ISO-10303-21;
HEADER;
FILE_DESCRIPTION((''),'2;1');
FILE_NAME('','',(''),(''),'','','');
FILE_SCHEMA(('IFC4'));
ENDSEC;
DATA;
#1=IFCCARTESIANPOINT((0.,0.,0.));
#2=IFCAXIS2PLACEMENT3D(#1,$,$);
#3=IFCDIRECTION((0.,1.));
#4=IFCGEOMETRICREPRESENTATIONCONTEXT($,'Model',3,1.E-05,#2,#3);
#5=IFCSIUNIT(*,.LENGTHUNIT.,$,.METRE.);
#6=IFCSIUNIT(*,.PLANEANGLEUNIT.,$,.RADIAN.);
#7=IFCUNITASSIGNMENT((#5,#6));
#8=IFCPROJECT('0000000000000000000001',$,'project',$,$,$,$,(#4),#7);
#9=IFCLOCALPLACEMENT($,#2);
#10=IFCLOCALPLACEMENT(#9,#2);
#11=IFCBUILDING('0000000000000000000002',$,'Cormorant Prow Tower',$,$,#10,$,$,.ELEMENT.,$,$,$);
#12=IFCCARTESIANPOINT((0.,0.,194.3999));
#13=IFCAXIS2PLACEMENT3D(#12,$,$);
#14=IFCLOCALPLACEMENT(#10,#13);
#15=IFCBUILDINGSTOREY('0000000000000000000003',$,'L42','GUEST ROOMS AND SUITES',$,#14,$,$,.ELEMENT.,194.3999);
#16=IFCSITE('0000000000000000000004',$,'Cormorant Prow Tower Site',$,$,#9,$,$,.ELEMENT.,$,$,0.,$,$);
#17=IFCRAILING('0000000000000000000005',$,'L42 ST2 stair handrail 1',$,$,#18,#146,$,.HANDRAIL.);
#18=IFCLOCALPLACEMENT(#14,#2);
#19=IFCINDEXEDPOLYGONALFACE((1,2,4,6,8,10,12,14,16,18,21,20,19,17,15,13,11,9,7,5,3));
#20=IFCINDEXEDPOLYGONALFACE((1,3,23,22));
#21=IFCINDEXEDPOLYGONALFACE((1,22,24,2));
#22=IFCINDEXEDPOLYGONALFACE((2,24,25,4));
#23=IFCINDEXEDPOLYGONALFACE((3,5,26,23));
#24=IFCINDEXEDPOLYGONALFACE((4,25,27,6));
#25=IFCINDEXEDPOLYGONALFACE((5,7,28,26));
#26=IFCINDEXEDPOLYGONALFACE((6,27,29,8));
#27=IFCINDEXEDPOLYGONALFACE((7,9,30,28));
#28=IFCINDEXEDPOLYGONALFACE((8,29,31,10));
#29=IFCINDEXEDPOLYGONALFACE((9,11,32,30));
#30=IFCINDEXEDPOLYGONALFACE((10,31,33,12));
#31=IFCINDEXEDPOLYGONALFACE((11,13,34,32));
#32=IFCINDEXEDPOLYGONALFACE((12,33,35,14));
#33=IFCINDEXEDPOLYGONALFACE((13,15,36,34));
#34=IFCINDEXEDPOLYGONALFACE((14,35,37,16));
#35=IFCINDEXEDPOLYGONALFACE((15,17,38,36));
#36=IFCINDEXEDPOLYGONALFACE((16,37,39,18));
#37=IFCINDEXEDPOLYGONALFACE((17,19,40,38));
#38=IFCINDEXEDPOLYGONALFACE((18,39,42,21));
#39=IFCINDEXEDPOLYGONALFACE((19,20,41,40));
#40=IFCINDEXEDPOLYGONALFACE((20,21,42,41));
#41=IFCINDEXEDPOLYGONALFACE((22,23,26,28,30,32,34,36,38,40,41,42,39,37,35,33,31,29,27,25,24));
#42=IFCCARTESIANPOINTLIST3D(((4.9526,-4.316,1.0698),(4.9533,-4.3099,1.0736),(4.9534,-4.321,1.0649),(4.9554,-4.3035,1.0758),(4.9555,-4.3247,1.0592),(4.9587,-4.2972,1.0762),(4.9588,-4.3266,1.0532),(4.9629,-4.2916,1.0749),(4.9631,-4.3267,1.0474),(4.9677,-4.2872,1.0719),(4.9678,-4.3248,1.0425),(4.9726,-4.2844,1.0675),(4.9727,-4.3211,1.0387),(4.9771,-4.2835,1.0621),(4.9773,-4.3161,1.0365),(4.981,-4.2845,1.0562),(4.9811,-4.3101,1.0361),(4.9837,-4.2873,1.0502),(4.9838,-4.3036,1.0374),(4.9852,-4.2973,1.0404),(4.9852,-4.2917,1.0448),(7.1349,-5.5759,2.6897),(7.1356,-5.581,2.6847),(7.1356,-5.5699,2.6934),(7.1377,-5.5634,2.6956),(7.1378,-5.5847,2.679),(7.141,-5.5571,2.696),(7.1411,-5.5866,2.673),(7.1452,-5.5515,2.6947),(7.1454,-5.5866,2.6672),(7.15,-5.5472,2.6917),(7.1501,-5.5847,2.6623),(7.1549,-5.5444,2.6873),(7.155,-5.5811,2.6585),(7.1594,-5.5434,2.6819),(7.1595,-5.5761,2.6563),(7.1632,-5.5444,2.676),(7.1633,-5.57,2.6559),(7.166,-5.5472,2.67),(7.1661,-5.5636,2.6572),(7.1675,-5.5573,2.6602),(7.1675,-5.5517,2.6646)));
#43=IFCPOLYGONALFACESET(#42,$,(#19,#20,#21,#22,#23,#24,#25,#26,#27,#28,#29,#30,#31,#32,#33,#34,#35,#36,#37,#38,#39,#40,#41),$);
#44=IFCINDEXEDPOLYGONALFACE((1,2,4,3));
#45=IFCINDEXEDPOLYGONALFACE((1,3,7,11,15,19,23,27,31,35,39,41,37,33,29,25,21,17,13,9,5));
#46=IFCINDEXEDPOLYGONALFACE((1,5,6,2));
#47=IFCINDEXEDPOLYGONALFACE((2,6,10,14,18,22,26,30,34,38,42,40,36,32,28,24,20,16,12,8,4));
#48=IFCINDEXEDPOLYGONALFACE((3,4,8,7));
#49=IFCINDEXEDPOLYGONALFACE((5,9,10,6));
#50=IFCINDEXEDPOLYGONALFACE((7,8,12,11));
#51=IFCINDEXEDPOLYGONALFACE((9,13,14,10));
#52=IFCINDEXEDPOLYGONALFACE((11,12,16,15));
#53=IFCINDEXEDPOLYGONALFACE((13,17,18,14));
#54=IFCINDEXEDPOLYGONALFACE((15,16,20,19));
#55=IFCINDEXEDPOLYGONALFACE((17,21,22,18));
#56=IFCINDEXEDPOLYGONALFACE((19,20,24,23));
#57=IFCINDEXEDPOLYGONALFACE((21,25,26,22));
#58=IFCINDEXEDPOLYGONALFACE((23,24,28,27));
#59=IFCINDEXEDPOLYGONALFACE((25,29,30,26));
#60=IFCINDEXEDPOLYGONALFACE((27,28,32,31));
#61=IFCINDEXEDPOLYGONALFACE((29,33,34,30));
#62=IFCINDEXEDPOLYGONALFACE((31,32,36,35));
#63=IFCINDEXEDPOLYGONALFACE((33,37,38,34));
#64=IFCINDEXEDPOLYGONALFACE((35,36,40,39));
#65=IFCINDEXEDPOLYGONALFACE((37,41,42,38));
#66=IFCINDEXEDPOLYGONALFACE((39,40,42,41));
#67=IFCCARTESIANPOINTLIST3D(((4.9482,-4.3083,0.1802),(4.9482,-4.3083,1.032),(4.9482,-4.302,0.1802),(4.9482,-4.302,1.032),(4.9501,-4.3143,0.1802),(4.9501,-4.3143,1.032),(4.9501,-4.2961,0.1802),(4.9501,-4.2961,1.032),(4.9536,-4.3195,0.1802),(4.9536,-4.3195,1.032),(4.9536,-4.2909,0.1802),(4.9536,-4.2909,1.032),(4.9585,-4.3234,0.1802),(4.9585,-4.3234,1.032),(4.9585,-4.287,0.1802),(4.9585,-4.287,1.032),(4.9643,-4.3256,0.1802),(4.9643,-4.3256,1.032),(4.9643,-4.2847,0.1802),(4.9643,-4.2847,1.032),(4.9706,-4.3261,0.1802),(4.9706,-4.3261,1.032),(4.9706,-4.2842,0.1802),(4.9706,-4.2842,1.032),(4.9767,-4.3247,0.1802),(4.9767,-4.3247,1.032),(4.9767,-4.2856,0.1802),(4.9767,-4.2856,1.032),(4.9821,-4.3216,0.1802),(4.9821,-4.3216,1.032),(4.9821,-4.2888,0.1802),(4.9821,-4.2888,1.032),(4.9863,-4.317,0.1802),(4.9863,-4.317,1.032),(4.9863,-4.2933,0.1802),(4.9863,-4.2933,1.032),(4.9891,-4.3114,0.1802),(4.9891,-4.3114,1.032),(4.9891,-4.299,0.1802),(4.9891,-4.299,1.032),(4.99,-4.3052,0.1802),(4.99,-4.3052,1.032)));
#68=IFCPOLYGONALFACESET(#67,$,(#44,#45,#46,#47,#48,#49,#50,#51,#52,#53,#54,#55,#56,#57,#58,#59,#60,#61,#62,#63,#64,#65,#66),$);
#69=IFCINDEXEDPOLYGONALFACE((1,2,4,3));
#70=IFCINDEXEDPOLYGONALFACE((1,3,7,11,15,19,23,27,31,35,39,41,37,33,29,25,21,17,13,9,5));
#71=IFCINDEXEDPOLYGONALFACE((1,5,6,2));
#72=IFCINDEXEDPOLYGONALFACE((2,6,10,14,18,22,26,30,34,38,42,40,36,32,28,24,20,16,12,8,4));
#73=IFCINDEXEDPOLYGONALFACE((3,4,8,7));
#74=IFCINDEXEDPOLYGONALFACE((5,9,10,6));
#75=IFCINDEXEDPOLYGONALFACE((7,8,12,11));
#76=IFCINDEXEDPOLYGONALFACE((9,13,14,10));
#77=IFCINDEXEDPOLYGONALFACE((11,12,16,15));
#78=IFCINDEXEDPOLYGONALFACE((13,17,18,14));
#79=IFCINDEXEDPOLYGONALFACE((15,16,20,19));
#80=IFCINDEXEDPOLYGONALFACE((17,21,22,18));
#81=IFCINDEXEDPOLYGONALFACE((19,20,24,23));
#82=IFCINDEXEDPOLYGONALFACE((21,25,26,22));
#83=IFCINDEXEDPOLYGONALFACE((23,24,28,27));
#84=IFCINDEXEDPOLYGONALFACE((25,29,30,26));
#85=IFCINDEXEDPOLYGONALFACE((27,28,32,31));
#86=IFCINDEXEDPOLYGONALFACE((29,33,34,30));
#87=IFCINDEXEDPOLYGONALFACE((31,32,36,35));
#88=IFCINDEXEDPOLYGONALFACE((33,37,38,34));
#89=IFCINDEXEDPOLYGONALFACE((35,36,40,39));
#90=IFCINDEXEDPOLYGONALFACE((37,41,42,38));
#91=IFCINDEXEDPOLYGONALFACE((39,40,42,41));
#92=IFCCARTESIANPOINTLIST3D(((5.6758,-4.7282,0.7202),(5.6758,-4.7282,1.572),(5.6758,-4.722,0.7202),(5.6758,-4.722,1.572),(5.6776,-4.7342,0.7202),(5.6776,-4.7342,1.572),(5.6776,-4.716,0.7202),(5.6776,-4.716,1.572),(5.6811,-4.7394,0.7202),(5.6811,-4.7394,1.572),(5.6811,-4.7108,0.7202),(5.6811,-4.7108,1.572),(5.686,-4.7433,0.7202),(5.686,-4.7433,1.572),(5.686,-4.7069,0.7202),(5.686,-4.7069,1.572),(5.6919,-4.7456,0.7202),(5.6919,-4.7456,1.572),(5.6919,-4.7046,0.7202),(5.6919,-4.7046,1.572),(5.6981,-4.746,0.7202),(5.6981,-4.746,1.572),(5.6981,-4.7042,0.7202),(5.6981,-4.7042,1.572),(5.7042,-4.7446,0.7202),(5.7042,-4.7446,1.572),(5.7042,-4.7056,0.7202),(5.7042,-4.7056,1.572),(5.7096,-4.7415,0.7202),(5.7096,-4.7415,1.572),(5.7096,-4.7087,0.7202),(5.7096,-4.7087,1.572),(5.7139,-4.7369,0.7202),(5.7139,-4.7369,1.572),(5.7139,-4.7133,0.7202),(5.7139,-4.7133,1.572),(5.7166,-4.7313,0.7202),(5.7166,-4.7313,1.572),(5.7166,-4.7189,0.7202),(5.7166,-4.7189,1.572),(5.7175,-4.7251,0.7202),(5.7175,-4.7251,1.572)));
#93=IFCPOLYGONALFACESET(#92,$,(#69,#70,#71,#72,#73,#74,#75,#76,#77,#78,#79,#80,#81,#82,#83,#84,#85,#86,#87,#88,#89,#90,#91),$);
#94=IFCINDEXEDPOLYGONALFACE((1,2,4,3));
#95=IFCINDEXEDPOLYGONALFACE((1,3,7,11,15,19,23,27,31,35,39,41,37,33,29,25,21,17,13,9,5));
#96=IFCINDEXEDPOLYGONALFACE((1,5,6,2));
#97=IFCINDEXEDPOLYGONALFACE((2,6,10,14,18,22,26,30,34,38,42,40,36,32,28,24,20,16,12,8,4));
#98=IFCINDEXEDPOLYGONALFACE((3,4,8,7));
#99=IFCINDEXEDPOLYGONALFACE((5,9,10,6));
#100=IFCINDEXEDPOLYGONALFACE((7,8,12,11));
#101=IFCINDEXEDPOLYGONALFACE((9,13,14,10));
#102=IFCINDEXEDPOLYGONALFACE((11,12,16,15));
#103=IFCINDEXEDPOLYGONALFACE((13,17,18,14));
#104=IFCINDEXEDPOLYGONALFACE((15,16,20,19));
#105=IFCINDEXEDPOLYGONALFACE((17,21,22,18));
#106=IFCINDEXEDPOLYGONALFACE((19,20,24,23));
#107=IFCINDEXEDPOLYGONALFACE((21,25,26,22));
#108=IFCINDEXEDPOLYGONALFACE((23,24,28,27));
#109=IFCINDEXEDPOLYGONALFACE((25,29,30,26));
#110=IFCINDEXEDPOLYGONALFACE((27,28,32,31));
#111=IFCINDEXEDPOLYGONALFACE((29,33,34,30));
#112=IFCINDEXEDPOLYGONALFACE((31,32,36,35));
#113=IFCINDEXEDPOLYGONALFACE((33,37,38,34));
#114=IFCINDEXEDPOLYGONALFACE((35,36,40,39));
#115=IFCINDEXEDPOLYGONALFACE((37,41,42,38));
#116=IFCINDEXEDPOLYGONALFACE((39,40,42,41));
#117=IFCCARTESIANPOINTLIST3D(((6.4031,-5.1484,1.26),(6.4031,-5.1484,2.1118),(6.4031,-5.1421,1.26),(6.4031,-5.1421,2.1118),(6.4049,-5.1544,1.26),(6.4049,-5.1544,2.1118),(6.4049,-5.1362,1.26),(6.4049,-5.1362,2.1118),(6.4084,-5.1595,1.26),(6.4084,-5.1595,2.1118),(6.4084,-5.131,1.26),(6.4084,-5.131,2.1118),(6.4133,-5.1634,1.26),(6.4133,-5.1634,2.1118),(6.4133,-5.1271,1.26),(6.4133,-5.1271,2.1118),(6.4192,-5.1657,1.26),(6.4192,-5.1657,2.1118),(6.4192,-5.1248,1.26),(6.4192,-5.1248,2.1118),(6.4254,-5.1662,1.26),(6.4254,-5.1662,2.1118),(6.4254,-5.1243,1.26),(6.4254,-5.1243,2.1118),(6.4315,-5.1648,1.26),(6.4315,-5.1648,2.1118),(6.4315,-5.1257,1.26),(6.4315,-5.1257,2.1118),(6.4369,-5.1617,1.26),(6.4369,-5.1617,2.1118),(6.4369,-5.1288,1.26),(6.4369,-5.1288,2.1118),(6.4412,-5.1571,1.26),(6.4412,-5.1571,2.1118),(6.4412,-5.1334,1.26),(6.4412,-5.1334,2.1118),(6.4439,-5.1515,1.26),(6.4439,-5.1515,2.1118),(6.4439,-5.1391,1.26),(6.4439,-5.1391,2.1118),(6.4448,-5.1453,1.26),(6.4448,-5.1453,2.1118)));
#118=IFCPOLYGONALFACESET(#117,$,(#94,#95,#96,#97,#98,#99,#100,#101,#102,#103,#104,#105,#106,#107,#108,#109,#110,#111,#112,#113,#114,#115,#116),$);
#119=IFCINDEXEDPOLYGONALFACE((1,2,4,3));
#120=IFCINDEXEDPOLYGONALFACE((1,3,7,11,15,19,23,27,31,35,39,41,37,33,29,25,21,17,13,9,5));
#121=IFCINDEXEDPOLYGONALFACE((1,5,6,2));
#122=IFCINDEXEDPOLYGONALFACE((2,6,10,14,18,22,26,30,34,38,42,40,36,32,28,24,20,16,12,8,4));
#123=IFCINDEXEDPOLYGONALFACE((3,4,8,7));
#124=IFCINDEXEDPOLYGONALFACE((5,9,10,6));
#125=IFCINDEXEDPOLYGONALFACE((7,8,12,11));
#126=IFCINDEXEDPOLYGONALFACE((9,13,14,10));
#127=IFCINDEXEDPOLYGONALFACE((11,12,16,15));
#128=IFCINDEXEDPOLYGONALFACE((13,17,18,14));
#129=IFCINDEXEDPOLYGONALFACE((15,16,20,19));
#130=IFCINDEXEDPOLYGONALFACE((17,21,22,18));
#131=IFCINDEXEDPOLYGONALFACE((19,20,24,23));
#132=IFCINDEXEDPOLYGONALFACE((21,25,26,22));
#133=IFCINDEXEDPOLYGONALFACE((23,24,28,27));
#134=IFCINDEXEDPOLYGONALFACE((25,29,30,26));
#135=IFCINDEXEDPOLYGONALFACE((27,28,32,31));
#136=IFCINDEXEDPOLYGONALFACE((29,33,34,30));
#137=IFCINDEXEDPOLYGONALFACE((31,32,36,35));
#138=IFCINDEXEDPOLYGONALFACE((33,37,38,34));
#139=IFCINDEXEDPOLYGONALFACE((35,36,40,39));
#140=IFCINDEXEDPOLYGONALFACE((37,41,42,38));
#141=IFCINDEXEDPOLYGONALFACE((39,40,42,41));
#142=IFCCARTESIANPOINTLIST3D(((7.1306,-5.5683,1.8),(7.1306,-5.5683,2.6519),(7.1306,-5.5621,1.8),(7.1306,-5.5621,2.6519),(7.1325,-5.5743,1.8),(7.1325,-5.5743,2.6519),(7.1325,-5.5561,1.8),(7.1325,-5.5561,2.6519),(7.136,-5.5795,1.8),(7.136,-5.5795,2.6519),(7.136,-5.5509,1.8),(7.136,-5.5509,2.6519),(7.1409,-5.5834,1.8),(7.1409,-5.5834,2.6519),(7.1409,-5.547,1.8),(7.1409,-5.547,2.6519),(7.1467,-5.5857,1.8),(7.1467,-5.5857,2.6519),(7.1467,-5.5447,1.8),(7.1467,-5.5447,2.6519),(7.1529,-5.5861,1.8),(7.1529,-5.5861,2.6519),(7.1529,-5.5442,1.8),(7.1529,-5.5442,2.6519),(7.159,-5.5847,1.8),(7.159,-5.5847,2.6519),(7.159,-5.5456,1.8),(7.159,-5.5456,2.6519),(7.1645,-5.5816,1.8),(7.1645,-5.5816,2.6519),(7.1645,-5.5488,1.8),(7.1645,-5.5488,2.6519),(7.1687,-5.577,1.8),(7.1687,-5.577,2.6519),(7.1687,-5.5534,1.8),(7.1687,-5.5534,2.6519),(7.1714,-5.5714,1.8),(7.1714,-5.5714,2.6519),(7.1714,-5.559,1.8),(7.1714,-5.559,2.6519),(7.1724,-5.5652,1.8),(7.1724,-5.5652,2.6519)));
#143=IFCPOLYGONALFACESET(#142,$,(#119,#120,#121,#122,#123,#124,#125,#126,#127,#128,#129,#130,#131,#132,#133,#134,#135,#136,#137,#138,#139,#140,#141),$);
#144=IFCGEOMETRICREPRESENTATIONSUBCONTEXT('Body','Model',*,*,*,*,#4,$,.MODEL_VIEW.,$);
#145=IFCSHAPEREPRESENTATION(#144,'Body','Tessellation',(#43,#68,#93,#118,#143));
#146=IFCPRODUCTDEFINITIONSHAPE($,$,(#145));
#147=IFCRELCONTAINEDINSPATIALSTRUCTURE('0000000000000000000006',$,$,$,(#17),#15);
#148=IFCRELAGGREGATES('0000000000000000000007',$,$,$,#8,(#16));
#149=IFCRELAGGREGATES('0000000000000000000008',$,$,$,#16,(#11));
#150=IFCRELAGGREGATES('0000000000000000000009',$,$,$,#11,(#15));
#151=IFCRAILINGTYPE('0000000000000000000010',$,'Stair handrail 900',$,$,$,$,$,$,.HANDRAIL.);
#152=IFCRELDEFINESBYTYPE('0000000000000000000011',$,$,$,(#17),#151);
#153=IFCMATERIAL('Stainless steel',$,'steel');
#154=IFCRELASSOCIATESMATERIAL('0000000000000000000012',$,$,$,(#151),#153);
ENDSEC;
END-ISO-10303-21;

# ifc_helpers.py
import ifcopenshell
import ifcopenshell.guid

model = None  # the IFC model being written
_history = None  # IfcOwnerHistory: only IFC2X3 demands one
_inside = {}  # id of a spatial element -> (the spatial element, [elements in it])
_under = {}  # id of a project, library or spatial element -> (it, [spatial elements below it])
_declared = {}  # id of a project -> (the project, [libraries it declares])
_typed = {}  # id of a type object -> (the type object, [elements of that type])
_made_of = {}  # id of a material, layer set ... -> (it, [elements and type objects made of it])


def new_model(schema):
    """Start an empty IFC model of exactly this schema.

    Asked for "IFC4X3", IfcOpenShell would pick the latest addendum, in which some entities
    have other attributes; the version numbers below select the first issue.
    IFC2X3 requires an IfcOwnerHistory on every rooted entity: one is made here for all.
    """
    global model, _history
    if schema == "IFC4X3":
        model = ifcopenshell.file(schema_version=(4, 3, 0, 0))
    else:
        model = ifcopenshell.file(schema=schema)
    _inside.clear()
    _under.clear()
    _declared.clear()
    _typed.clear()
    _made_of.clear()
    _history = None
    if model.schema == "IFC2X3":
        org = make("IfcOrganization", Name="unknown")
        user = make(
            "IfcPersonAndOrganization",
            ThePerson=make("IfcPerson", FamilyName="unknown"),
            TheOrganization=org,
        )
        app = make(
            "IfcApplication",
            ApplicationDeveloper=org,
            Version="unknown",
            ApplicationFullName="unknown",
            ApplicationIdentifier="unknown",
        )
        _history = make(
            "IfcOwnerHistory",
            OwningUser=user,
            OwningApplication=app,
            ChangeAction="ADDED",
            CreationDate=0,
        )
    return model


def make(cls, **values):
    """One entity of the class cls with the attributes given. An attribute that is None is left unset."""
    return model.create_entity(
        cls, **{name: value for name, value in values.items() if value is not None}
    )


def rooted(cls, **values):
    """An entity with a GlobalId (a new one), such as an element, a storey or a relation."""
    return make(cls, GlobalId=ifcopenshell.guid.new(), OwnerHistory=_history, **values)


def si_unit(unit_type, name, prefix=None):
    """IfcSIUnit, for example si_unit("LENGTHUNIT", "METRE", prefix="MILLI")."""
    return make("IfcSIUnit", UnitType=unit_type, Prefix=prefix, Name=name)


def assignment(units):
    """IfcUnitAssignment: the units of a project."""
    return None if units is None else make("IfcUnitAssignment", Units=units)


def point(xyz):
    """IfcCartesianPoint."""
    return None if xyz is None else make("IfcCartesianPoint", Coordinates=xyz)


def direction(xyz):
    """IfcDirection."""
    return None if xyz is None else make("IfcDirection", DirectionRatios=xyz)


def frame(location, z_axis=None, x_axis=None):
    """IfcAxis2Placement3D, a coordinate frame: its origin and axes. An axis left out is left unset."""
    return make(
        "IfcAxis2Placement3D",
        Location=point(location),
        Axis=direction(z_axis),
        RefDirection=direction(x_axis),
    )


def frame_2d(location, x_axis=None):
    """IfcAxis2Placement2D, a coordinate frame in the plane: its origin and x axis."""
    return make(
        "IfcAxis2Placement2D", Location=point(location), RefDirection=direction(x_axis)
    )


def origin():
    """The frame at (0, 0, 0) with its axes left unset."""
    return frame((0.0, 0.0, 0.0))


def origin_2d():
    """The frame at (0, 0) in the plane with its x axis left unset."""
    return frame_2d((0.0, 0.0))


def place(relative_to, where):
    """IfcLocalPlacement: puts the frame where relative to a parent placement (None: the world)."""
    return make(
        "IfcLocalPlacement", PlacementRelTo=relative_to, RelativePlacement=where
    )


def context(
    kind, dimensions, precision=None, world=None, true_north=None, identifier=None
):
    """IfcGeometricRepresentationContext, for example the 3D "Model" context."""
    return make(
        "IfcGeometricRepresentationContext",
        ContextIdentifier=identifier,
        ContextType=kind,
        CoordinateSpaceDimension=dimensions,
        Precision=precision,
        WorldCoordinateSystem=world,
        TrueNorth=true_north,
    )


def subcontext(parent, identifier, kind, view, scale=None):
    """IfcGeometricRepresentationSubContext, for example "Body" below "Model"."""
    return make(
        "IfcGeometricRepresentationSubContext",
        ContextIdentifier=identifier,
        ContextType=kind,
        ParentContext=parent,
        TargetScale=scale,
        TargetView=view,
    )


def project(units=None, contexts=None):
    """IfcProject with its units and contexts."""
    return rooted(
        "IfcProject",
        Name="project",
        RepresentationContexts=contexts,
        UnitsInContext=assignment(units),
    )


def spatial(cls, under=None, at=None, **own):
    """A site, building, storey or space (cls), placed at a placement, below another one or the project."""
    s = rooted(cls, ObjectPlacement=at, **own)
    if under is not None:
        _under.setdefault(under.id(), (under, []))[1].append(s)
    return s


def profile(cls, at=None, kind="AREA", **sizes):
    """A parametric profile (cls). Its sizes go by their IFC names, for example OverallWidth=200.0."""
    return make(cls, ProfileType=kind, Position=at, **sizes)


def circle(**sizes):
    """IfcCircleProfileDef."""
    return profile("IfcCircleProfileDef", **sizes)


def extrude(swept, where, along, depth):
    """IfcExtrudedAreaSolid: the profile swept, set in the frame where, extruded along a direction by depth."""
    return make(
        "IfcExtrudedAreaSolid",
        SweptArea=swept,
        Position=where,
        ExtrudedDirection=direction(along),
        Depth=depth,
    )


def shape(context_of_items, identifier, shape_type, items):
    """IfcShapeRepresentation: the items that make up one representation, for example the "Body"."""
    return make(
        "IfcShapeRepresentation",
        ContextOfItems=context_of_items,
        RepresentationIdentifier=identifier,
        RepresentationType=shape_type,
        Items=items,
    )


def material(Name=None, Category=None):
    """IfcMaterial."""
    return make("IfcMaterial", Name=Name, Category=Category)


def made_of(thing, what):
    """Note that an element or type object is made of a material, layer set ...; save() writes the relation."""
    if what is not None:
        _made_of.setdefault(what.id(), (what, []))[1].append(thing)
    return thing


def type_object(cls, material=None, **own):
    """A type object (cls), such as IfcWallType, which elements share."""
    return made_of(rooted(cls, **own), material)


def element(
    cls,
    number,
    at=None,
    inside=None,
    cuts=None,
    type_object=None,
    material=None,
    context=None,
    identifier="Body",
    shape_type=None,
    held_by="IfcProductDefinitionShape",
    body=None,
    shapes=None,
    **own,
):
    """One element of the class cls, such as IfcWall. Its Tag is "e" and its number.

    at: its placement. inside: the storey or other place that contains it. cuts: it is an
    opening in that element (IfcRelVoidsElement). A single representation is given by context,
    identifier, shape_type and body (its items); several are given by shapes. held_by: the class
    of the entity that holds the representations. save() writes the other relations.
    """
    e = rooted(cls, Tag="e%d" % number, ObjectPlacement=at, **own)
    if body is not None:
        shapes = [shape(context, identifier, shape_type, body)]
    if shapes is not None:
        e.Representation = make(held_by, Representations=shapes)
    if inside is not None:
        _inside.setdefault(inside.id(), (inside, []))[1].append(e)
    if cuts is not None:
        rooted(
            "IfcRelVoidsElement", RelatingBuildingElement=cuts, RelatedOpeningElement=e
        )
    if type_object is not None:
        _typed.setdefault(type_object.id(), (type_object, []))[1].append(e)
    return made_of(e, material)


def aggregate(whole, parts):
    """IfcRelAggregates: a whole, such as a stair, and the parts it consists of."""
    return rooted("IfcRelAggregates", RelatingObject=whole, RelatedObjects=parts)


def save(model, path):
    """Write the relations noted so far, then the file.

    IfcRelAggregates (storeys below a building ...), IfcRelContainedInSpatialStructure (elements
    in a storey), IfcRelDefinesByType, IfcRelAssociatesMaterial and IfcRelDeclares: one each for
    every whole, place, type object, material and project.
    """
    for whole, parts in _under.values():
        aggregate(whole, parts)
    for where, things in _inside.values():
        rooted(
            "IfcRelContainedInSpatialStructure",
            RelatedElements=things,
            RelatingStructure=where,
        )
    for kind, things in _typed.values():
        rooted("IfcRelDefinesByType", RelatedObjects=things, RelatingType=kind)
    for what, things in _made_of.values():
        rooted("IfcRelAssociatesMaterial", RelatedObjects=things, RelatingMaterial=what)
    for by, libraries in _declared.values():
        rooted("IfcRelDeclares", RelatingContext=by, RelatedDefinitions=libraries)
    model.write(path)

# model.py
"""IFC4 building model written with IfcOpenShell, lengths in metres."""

from ifc_helpers import new_model, si_unit, direction, frame, origin, origin_2d, place, context, subcontext, project, spatial, circle, extrude, material, type_object, element, save


model = new_model("IFC4")

# Units and contexts
model_context = context("Model", 3, precision=1e-05, world=origin(), true_north=direction((0.0, 1.0)))
body_context = subcontext(model_context, "Body", "Model", "MODEL_VIEW")
ifc_project = project(units=[si_unit("LENGTHUNIT", "METRE"), si_unit("PLANEANGLEUNIT", "RADIAN")], contexts=[model_context])

# Site, building, storey
site_placement = place(None, origin())
site = spatial("IfcSite", under=ifc_project, at=site_placement, Name="Cormorant Prow Tower Site", CompositionType="ELEMENT", RefElevation=0.0)
building_placement = place(site_placement, origin())
building = spatial("IfcBuilding", under=site, at=building_placement, Name="Cormorant Prow Tower", CompositionType="ELEMENT")
storey_placement = place(building_placement, frame((0.0, 0.0, 194.3999)))
storey = spatial("IfcBuildingStorey", under=building, at=storey_placement, Name="L42", Description="GUEST ROOMS AND SUITES", CompositionType="ELEMENT", Elevation=194.3999)

# Railing
ifc_material_1 = material(Name="Stainless steel", Category="steel")
railing_type_1 = type_object("IfcRailingType", Name="Stair handrail 900", PredefinedType="HANDRAIL", material=ifc_material_1)
railing_1_placement = place(storey_placement, frame((4.969, -4.3052, 0.1802)))
element("IfcRailing", 1, at=railing_1_placement, inside=storey, type_object=railing_type_1, Name="L42 ST2 stair handrail 1", PredefinedType="HANDRAIL", context=body_context, shape_type="SweptSolid", body=[
    extrude(circle(Radius=0.0239, at=origin_2d()), frame((0.0, 0.0, 0.876), z_axis=(0.728496, -0.420603, 0.540728), x_axis=(0.500005, 0.866023, 0.0)), (0.0, 0.0, 1.0), 2.9956),
    extrude(circle(Radius=0.021, at=origin_2d()), origin(), (0.0, 0.0, 1.0), 0.8518),
    extrude(circle(Radius=0.021, at=origin_2d()), frame((0.7275, -0.4199, 0.54)), (0.0, 0.0, 1.0), 0.8518),
    extrude(circle(Radius=0.021, at=origin_2d()), frame((1.4548, -0.8401, 1.0798)), (0.0, 0.0, 1.0), 0.8518),
    extrude(circle(Radius=0.021, at=origin_2d()), frame((2.1824, -1.26, 1.6199)), (0.0, 0.0, 1.0), 0.8518),
])

save(model, "model.ifc")
